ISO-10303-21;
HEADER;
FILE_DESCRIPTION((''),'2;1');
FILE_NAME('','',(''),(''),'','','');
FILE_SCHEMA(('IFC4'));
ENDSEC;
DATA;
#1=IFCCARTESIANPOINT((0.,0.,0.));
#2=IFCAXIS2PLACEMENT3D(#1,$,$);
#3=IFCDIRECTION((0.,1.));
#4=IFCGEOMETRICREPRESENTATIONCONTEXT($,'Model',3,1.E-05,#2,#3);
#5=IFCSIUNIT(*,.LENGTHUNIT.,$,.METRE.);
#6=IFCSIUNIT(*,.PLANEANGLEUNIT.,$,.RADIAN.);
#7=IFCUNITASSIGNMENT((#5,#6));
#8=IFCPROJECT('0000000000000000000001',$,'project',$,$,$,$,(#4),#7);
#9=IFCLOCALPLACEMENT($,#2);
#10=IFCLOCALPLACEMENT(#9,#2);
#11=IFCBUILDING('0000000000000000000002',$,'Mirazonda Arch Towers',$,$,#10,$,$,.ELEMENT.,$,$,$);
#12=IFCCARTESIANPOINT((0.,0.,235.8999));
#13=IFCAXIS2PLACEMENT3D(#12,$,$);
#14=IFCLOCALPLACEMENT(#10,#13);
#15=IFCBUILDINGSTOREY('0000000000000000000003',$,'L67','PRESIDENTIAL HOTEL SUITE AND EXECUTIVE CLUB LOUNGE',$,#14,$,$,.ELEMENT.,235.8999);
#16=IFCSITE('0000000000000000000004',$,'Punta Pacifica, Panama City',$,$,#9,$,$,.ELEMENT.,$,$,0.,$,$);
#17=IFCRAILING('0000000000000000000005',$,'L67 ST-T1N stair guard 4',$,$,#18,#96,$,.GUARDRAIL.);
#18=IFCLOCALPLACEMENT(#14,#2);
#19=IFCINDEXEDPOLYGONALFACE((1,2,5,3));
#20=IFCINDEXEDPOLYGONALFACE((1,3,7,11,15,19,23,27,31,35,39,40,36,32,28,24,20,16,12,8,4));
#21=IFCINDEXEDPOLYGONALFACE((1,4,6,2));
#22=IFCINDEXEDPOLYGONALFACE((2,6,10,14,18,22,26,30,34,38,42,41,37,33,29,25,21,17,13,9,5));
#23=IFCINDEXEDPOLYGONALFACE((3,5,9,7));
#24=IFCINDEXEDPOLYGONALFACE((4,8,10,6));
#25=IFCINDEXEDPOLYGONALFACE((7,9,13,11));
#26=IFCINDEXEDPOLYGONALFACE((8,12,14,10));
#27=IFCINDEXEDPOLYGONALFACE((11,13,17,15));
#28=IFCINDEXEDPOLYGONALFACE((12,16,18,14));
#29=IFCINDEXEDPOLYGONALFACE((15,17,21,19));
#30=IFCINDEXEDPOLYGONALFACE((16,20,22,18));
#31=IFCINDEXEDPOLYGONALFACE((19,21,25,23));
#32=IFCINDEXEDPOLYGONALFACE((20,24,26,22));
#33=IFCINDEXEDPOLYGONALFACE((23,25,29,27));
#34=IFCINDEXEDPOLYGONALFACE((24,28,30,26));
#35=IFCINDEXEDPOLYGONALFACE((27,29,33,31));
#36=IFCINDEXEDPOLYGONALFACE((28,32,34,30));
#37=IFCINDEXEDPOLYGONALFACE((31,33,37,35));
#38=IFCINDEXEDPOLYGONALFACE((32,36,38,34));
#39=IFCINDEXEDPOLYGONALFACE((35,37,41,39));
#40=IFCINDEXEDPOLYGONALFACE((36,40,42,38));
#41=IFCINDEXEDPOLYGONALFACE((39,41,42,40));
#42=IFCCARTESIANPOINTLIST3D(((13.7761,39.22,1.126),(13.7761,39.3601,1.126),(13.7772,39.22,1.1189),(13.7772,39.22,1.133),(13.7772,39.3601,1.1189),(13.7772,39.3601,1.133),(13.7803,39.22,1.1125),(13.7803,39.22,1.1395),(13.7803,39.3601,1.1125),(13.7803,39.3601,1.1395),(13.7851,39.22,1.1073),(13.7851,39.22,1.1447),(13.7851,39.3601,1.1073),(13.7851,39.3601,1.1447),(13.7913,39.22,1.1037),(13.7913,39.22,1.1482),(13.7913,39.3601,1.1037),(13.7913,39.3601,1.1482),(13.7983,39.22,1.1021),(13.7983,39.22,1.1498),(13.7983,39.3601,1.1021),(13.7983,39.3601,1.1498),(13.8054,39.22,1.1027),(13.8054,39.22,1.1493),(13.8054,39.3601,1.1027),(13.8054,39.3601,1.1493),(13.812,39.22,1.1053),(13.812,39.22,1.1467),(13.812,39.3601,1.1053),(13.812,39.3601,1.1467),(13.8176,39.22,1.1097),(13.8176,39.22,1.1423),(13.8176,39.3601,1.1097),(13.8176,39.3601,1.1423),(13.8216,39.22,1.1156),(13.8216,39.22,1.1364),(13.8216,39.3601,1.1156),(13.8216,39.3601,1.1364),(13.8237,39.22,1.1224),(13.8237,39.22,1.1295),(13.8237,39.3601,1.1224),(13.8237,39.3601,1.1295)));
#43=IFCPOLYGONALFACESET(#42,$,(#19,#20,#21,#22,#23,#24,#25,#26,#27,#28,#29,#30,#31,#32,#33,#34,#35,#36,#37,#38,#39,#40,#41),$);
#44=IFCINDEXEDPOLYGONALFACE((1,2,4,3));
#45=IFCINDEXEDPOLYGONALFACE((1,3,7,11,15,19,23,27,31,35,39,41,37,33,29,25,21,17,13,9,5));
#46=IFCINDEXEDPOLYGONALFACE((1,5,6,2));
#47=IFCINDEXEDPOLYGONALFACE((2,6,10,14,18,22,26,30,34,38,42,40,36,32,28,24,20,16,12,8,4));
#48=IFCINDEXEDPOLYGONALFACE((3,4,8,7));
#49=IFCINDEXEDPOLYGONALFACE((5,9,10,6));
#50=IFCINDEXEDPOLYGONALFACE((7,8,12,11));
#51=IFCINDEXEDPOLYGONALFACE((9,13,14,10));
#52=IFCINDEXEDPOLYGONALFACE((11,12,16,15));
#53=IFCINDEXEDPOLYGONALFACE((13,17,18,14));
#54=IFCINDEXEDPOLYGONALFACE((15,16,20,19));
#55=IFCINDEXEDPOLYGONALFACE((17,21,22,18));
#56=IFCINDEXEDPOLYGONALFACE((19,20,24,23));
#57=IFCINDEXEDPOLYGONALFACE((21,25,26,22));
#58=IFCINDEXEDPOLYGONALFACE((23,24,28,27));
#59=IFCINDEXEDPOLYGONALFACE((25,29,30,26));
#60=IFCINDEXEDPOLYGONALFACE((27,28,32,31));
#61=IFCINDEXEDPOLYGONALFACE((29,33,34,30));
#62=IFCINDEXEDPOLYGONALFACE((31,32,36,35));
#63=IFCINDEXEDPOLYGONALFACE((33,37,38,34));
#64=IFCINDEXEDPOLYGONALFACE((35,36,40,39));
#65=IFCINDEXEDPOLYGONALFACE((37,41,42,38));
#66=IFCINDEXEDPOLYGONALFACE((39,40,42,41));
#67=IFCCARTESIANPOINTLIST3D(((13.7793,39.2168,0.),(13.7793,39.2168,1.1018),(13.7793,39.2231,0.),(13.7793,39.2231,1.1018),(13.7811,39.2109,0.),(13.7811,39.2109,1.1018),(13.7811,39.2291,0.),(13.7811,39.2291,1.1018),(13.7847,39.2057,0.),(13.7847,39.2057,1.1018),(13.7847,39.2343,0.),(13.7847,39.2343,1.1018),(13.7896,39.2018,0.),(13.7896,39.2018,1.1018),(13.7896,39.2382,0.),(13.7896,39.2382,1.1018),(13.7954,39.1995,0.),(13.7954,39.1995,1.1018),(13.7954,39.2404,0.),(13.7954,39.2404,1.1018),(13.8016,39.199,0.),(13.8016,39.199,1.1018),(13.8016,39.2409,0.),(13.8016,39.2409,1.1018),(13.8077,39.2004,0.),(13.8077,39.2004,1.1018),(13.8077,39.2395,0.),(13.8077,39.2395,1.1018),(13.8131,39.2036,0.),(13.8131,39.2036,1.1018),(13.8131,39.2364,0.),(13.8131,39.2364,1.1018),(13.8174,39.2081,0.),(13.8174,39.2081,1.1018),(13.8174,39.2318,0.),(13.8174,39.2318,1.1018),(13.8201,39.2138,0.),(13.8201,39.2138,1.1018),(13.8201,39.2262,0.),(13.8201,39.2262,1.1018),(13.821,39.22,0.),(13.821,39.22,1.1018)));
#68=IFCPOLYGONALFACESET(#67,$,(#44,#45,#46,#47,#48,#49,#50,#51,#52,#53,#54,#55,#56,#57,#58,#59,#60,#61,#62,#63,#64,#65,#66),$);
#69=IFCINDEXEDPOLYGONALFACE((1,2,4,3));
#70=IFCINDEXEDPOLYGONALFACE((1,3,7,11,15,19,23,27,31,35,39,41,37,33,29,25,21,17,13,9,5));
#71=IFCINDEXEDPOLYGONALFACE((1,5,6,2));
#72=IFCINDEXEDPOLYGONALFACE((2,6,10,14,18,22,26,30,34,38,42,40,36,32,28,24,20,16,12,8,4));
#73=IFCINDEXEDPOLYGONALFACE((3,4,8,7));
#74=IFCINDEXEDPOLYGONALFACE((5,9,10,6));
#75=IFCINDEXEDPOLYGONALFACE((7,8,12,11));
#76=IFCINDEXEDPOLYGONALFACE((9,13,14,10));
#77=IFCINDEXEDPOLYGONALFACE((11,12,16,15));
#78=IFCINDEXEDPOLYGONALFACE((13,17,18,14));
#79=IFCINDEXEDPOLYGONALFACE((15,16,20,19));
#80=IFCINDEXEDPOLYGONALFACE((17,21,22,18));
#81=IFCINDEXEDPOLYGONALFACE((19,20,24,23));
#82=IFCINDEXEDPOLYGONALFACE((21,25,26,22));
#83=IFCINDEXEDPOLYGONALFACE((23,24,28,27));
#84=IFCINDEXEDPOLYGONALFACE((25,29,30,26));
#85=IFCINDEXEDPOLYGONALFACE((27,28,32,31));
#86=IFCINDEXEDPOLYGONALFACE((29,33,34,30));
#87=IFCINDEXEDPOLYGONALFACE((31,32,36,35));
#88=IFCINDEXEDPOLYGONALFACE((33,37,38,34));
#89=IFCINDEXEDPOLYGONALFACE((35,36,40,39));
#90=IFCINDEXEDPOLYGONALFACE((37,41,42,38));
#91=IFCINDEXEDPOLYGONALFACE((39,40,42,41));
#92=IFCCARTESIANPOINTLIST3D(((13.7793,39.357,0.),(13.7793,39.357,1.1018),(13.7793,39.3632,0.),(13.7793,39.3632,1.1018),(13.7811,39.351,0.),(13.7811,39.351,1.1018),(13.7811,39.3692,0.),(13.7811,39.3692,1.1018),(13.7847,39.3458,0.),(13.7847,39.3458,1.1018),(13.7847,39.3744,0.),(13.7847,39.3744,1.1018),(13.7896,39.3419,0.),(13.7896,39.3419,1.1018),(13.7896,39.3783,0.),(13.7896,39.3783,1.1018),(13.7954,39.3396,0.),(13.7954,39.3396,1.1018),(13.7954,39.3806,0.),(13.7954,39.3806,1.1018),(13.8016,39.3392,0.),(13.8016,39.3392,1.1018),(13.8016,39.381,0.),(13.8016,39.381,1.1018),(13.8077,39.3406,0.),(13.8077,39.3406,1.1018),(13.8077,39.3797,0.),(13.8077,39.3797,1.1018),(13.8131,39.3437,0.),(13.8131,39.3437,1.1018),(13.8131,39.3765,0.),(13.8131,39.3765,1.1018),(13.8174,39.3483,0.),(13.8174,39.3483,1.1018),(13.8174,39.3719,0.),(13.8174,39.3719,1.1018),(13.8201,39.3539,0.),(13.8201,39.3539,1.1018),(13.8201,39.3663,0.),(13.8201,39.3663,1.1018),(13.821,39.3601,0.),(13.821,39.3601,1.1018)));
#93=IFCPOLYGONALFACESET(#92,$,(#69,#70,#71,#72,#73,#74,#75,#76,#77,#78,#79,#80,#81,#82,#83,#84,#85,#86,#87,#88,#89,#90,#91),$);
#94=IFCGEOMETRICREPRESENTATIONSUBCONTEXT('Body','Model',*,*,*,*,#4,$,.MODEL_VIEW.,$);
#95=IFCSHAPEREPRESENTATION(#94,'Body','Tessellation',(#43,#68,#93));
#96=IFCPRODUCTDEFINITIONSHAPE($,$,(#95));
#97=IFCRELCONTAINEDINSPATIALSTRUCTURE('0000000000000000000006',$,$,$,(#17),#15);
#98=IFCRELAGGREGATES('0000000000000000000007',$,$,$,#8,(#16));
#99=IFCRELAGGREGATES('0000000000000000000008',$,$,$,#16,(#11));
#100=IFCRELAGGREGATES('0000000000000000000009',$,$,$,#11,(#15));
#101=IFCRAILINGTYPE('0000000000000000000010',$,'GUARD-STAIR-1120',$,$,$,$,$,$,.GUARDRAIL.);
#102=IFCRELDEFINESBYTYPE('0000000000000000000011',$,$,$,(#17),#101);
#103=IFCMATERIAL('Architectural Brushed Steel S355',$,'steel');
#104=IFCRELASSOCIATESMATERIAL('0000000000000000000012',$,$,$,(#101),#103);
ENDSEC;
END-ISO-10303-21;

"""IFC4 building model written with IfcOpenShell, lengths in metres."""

from ifc_helpers import new_model, si_unit, direction, frame, origin, origin_2d, place, context, subcontext, project, spatial, circle, extrude, material, type_object, element, save


model = new_model("IFC4")

# Units and contexts
model_context = context("Model", 3, precision=1e-05, world=origin(), true_north=direction((0.0, 1.0)))
body_context = subcontext(model_context, "Body", "Model", "MODEL_VIEW")
ifc_project = project(units=[si_unit("LENGTHUNIT", "METRE"), si_unit("PLANEANGLEUNIT", "RADIAN")], contexts=[model_context])

# Site, building, storey
site_placement = place(None, origin())
site = spatial("IfcSite", under=ifc_project, at=site_placement, Name="Punta Pacifica, Panama City", CompositionType="ELEMENT", RefElevation=0.0)
building_placement = place(site_placement, origin())
building = spatial("IfcBuilding", under=site, at=building_placement, Name="Mirazonda Arch Towers", CompositionType="ELEMENT")
storey_placement = place(building_placement, frame((0.0, 0.0, 235.8999)))
storey = spatial("IfcBuildingStorey", under=building, at=storey_placement, Name="L67", Description="PRESIDENTIAL HOTEL SUITE AND EXECUTIVE CLUB LOUNGE", CompositionType="ELEMENT", Elevation=235.8999)

# Shared definitions
ifc_material_1 = material(Name="Architectural Brushed Steel S355", Category="steel")

# Railing
railing_type_1 = type_object("IfcRailingType", Name="GUARD-STAIR-1120", PredefinedType="GUARDRAIL", material=ifc_material_1)
railing_1_placement = place(storey_placement, frame((13.8, 39.22, 0.0)))
element("IfcRailing", 1, at=railing_1_placement, inside=storey, type_object=railing_type_1, Name="L67 ST-T1N stair guard 4", PredefinedType="GUARDRAIL", context=body_context, shape_type="SweptSolid", body=[
    extrude(circle(Radius=0.0239, at=origin_2d()), frame((0.0, 0.0, 1.126), z_axis=(0.0, 1.0, 0.0), x_axis=(-1.0, 0.0, 0.0)), (0.0, 0.0, 1.0), 0.1401),
    extrude(circle(Radius=0.021, at=origin_2d()), origin(), (0.0, 0.0, 1.0), 1.1018),
    extrude(circle(Radius=0.021, at=origin_2d()), frame((0.0, 0.1401, 0.0)), (0.0, 0.0, 1.0), 1.1018),
])

save(model, "model.ifc")
